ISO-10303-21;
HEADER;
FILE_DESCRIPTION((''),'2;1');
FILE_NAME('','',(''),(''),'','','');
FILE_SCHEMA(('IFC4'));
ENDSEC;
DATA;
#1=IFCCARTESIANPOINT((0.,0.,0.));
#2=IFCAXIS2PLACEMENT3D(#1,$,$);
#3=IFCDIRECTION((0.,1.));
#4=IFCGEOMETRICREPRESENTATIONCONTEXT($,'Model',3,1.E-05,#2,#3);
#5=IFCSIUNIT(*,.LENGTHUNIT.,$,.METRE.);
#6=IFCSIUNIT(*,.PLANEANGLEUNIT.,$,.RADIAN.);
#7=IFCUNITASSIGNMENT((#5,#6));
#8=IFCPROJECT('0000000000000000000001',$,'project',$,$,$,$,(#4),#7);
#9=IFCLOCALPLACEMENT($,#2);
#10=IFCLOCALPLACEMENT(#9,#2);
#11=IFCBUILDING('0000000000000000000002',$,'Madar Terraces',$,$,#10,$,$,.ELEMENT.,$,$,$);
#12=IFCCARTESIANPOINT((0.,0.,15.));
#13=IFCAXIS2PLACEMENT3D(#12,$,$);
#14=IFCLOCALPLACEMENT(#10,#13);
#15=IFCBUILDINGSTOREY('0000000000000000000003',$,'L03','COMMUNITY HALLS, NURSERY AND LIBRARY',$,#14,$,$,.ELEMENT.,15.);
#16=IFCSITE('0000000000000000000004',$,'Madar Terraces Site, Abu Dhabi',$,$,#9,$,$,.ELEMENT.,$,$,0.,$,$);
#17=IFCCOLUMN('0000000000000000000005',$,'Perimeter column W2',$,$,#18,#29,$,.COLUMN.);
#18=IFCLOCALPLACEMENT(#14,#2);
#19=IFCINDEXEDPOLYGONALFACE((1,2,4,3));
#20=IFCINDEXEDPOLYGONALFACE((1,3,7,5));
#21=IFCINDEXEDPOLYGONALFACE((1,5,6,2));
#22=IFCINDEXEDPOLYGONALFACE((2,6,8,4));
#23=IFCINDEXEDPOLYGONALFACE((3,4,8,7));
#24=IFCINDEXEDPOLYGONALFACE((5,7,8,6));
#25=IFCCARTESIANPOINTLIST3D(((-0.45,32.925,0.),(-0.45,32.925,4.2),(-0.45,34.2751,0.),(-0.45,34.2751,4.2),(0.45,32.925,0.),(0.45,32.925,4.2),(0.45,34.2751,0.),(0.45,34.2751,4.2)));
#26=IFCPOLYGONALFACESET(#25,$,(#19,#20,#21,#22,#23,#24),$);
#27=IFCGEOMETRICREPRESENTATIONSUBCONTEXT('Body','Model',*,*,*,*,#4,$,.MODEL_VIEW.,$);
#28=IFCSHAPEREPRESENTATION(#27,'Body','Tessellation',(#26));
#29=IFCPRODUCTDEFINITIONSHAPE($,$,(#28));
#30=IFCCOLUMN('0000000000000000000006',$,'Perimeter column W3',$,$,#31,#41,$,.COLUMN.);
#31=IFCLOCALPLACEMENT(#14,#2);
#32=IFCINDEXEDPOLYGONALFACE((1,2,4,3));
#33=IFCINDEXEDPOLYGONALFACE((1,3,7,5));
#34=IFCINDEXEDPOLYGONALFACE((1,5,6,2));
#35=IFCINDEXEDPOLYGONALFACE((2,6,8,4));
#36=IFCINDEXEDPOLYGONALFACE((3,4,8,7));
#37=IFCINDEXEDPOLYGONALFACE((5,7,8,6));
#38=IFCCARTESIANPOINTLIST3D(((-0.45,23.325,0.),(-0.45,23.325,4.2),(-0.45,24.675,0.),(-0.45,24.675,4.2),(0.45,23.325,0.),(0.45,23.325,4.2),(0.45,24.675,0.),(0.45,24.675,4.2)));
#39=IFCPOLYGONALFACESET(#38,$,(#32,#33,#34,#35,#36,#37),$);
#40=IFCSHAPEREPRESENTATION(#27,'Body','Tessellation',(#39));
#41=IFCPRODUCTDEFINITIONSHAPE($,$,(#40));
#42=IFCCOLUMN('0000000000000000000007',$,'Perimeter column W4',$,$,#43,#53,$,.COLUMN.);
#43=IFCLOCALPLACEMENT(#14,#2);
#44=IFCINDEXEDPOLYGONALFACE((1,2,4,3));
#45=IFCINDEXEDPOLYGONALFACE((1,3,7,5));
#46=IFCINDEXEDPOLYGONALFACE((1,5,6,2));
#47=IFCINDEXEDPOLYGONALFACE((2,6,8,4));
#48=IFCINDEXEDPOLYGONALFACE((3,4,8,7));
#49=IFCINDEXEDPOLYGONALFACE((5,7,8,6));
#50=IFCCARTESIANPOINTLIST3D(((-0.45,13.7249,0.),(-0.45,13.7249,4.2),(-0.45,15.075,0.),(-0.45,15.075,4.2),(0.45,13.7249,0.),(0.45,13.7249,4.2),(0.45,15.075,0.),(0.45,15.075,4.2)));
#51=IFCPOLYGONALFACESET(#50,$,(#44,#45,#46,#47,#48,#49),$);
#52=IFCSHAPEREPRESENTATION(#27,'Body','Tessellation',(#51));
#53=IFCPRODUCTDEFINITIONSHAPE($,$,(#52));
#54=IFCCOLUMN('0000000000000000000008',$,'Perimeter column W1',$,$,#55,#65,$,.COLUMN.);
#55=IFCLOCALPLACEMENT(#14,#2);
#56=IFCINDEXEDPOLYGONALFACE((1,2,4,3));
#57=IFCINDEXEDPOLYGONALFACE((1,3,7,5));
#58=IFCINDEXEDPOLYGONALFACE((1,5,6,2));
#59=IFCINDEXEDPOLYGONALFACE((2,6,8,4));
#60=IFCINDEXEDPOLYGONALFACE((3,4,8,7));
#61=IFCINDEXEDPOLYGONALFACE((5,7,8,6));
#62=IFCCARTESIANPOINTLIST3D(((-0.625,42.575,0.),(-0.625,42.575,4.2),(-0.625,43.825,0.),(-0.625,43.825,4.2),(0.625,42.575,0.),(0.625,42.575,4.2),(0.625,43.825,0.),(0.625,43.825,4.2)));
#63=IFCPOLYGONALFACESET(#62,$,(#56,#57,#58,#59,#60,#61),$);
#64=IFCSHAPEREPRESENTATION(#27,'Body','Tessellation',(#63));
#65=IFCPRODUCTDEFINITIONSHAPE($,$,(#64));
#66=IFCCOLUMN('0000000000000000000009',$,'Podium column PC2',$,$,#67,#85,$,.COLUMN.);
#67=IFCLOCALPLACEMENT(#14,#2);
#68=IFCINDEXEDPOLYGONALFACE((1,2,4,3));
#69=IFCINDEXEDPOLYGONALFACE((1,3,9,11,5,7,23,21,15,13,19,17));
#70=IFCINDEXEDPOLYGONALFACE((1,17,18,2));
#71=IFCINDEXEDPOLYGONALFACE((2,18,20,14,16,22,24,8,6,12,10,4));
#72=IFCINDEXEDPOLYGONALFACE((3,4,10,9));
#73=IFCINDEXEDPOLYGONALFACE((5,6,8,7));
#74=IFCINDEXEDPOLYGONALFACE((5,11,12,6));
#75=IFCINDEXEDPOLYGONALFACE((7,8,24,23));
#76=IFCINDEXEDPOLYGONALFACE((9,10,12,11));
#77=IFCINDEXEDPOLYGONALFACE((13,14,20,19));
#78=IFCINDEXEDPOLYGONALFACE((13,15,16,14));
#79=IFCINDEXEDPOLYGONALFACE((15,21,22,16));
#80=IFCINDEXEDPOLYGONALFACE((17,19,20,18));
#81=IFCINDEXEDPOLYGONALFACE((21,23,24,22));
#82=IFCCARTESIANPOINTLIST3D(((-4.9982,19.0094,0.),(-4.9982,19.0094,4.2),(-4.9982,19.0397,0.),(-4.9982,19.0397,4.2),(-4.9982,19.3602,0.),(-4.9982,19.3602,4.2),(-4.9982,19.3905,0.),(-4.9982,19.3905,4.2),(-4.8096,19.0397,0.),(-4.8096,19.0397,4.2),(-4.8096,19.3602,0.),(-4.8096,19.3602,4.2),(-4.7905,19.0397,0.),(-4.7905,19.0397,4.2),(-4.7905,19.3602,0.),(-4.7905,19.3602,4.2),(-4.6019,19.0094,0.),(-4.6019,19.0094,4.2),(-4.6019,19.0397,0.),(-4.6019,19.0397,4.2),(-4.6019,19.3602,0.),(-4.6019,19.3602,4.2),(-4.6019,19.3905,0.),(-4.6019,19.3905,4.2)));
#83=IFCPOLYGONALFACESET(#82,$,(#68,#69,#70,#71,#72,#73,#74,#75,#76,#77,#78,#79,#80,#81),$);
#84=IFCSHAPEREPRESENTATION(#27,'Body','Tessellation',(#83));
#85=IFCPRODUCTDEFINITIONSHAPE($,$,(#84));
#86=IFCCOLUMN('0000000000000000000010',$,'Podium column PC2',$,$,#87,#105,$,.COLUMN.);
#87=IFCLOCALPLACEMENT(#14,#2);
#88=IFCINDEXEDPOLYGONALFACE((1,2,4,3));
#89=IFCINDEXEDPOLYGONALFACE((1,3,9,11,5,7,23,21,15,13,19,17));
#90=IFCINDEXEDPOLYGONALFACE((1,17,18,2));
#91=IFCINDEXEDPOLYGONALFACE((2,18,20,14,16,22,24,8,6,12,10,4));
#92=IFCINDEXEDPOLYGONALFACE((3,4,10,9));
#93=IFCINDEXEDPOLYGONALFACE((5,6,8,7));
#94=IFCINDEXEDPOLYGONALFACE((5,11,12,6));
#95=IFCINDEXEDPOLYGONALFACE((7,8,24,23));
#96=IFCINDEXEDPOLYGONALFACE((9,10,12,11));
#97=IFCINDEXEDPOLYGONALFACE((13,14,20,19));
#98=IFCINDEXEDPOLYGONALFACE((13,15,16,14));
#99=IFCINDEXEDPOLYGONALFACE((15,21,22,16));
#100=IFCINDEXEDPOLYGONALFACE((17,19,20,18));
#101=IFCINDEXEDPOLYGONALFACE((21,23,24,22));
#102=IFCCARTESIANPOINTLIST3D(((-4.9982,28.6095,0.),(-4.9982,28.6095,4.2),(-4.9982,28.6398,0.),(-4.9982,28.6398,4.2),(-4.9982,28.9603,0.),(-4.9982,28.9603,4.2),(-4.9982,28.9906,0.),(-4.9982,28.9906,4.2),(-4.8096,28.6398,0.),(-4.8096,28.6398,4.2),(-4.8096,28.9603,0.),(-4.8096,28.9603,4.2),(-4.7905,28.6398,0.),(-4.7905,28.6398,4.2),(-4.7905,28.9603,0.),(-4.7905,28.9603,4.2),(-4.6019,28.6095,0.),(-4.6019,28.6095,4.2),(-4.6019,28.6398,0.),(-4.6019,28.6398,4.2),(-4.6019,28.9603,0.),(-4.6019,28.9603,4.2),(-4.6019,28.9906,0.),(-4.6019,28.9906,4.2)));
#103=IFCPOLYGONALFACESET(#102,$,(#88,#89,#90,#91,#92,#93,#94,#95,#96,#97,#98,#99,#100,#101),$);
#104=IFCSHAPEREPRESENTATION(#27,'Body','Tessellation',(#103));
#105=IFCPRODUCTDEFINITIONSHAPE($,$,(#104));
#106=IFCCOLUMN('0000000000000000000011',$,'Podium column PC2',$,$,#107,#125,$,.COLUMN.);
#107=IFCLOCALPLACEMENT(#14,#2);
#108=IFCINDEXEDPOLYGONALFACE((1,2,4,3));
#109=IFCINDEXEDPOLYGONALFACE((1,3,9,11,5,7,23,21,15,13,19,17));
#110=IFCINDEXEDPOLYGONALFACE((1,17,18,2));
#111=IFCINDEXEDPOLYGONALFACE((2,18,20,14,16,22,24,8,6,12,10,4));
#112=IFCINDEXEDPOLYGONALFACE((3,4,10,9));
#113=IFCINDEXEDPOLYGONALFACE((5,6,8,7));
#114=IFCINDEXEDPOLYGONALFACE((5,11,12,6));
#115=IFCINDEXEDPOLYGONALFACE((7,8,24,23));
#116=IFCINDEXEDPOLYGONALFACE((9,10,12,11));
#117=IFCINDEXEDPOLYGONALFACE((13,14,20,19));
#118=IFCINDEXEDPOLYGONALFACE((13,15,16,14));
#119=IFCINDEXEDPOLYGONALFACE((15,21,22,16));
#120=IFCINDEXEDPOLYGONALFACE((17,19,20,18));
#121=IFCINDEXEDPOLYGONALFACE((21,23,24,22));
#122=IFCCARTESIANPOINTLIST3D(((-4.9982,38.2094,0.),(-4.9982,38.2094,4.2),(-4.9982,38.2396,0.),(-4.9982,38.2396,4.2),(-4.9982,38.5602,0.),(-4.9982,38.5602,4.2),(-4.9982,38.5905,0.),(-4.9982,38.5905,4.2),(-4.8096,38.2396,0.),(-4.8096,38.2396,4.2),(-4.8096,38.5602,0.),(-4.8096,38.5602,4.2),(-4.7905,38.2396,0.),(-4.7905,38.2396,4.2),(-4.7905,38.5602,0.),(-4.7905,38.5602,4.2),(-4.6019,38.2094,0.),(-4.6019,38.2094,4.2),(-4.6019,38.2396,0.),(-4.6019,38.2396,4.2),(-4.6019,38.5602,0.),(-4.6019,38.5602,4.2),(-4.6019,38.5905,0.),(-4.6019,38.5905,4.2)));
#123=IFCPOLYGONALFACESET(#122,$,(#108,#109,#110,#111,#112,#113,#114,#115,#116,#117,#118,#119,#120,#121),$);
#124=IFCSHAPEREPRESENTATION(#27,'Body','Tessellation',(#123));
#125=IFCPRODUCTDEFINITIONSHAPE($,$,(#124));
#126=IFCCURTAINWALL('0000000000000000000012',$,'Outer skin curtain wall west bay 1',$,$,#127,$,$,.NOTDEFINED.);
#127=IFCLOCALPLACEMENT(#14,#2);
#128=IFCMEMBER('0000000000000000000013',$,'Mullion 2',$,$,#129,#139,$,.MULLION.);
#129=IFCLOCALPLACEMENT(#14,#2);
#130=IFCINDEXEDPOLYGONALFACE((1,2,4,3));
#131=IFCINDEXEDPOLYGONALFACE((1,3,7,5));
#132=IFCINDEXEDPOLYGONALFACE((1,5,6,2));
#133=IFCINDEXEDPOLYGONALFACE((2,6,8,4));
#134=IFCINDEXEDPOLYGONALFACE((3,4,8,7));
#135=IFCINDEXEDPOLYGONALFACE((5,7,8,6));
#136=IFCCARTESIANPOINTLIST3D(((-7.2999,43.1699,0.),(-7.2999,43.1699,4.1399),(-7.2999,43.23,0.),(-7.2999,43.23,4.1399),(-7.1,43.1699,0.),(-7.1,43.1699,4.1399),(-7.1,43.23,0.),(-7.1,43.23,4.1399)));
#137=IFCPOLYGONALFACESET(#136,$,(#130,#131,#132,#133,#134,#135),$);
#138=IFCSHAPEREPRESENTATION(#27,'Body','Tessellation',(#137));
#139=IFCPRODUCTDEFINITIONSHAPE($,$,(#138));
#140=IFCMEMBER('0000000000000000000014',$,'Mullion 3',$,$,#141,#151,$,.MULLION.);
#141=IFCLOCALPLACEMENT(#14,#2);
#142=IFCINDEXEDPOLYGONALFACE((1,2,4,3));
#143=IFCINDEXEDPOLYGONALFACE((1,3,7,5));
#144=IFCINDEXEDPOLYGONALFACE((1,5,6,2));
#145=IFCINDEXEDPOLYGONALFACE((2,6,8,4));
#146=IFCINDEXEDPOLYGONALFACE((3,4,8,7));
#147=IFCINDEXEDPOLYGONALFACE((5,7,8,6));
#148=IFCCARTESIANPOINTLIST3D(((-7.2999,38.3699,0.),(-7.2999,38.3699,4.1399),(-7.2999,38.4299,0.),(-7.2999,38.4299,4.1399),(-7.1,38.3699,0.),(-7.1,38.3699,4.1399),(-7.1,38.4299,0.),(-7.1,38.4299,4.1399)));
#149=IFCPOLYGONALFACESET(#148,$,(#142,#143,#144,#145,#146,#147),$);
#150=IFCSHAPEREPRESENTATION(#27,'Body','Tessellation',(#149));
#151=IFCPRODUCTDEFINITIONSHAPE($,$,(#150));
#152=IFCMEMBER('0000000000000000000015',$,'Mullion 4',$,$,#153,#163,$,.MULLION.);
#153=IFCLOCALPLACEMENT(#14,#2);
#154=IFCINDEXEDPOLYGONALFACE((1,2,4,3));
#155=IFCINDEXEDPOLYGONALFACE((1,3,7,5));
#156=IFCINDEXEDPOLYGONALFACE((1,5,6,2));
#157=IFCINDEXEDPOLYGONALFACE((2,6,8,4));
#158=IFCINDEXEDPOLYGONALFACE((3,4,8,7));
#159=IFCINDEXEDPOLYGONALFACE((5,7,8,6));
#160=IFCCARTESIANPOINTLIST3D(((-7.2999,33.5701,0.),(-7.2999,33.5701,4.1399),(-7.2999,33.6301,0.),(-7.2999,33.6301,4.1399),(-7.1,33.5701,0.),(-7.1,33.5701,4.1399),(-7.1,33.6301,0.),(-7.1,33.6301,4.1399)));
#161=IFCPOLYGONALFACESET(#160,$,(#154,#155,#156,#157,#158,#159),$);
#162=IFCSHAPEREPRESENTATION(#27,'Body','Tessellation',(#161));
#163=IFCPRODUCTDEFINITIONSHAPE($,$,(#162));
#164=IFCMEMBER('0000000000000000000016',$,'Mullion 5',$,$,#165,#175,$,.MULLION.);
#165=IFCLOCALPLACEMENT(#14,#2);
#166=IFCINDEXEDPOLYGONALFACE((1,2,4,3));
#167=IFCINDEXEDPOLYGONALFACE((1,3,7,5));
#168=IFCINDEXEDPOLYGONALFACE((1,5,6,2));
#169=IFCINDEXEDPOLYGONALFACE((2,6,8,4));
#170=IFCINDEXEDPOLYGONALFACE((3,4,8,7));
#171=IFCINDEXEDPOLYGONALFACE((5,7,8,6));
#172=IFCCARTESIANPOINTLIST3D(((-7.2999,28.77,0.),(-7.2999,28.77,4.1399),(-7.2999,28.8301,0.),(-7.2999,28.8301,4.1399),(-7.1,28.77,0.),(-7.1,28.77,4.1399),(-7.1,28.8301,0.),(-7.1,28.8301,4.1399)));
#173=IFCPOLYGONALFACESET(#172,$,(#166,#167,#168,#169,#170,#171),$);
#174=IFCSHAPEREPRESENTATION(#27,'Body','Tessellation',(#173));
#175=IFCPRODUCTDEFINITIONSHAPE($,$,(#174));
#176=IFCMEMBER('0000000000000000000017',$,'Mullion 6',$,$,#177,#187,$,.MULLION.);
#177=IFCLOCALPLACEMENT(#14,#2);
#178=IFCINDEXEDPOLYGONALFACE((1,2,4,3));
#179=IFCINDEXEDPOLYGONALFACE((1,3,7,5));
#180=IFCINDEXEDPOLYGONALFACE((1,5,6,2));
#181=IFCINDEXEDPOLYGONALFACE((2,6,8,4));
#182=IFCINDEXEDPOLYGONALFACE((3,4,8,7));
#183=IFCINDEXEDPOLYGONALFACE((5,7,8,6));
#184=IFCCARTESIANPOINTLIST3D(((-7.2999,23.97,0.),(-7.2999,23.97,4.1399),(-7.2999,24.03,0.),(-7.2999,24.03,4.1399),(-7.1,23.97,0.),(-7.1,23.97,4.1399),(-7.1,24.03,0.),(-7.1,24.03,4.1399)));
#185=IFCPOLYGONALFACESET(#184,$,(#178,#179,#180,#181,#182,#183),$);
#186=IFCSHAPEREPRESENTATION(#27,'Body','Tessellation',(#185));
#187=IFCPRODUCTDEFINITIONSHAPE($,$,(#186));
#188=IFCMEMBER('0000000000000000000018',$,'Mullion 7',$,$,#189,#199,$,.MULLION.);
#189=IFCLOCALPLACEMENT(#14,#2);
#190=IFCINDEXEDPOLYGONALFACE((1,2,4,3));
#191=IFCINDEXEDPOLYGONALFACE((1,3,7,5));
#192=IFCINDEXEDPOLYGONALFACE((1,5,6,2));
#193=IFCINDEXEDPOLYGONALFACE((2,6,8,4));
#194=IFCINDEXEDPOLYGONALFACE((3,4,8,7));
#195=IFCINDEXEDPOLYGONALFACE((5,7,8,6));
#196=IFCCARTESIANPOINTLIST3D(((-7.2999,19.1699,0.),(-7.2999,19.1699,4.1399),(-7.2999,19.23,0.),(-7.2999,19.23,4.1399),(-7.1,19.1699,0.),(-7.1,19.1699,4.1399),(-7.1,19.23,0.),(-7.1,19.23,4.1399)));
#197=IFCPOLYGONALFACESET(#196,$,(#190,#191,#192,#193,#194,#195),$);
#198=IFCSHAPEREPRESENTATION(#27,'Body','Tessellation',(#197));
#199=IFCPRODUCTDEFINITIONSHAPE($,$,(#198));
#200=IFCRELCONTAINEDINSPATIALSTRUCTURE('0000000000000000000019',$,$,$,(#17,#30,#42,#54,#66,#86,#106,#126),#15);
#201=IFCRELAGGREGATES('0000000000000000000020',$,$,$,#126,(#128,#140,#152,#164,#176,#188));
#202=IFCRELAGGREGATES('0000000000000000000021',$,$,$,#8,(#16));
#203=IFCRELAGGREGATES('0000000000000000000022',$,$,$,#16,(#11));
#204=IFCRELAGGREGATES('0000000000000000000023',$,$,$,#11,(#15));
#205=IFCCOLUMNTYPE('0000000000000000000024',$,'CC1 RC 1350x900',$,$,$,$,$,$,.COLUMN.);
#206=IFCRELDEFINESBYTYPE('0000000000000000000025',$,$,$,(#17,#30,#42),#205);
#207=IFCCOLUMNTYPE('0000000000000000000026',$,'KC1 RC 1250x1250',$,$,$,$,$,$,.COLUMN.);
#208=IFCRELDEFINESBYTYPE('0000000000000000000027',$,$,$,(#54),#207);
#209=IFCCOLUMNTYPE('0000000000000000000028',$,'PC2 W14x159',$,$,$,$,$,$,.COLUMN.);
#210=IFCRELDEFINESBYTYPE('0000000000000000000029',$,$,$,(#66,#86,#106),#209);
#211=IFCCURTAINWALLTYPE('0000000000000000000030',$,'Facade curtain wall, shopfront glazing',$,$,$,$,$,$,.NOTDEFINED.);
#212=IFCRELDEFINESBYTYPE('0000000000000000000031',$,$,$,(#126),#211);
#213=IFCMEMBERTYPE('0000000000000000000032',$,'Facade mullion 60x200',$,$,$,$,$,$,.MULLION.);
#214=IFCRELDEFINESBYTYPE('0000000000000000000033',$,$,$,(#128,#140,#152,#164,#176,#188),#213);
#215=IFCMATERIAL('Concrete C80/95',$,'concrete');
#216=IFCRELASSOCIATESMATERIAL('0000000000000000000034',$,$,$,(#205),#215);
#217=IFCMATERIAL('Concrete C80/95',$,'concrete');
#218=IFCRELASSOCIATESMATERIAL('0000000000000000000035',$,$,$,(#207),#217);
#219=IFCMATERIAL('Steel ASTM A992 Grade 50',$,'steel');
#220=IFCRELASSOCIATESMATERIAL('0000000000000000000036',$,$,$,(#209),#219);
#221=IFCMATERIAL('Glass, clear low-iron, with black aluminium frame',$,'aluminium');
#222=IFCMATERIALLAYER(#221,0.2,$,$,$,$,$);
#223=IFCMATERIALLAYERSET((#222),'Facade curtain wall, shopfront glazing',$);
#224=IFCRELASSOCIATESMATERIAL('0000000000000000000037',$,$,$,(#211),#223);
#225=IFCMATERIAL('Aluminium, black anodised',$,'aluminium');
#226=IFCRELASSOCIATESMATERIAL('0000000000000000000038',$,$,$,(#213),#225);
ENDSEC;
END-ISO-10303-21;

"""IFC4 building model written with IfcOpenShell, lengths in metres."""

from ifc_helpers import new_model, si_unit, direction, frame, origin, origin_2d, place, context, subcontext, project, spatial, rectangle, i_section, extrude, material, layer, layer_set, material_profile, profile_set, type_object, element, aggregate, save


model = new_model("IFC4")

# Units and contexts
model_context = context("Model", 3, precision=1e-05, world=origin(), true_north=direction((0.0, 1.0)))
body_context = subcontext(model_context, "Body", "Model", "MODEL_VIEW")
ifc_project = project(units=[si_unit("LENGTHUNIT", "METRE"), si_unit("PLANEANGLEUNIT", "RADIAN")], contexts=[model_context])

# Site, building, storey
site_placement = place(None, origin())
site = spatial("IfcSite", under=ifc_project, at=site_placement, Name="Madar Terraces Site, Abu Dhabi", CompositionType="ELEMENT", RefElevation=0.0)
building_placement = place(site_placement, origin())
building = spatial("IfcBuilding", under=site, at=building_placement, Name="Madar Terraces", CompositionType="ELEMENT")
storey_placement = place(building_placement, frame((0.0, 0.0, 15.0)))
storey = spatial("IfcBuildingStorey", under=building, at=storey_placement, Name="L03", Description="COMMUNITY HALLS, NURSERY AND LIBRARY", CompositionType="ELEMENT", Elevation=15.0)

# Columns
ifc_material_1 = material(Name="Concrete C80/95", Category="concrete")
ifc_material_profile_1 = material_profile(ifc_material_1, rectangle(XDim=1.3501, YDim=0.8999, at=origin_2d()), Name="CC1 RC 1350x900")
ifc_profile_set_1 = profile_set([ifc_material_profile_1], Name="Concrete C80/95")
column_type_1 = type_object("IfcColumnType", Name="CC1 RC 1350x900", PredefinedType="COLUMN", material=ifc_profile_set_1)
for number, where, z_axis, x_axis, name in (
    (1, (0.0, 33.6001, 0.0), (0.0, 0.0, 1.0), (0.0, 1.0, 0.0), "Perimeter column W2"),
    (2, (0.0, 24.0, 0.0), (0.0, 0.0, 1.0), (0.0, 1.0, 0.0), "Perimeter column W3"),
    (3, (0.0, 14.3999, 0.0), (0.0, 0.0, 1.0), (0.0, 1.0, 0.0), "Perimeter column W4"),
):
    element("IfcColumn", number, at=place(storey_placement, frame(where, z_axis=z_axis, x_axis=x_axis)), inside=storey, type_object=column_type_1, Name=name, PredefinedType="COLUMN", context=body_context, shape_type="SweptSolid", body=[
        extrude(rectangle(XDim=1.3501, YDim=0.8999, at=origin_2d()), origin(), (0.0, 0.0, 1.0), 4.2),
    ])
ifc_material_2 = material(Name="Concrete C80/95", Category="concrete")
ifc_material_profile_2 = material_profile(ifc_material_2, rectangle(XDim=1.25, YDim=1.25, at=origin_2d()), Name="KC1 RC 1250x1250")
ifc_profile_set_2 = profile_set([ifc_material_profile_2], Name="Concrete C80/95")
column_type_2 = type_object("IfcColumnType", Name="KC1 RC 1250x1250", PredefinedType="COLUMN", material=ifc_profile_set_2)
column_placement = place(storey_placement, frame((0.0, 43.2, 0.0), z_axis=(0.0, 0.0, 1.0), x_axis=(1.0, 0.0, 0.0)))
element("IfcColumn", 4, at=column_placement, inside=storey, type_object=column_type_2, Name="Perimeter column W1", PredefinedType="COLUMN", context=body_context, shape_type="SweptSolid", body=[
    extrude(rectangle(XDim=1.25, YDim=1.25, at=origin_2d()), origin(), (0.0, 0.0, 1.0), 4.2),
])
ifc_material_3 = material(Name="Steel ASTM A992 Grade 50", Category="steel")
ifc_material_profile_3 = material_profile(ifc_material_3, i_section(OverallWidth=0.3962, OverallDepth=0.3811, WebThickness=0.019, FlangeThickness=0.0303, at=origin_2d()), Name="W14x159")
ifc_profile_set_3 = profile_set([ifc_material_profile_3], Name="Steel ASTM A992 Grade 50")
column_type_3 = type_object("IfcColumnType", Name="PC2 W14x159", PredefinedType="COLUMN", material=ifc_profile_set_3)
for number, where, z_axis, x_axis, name in (
    (5, (-4.8, 19.2, 0.0), (0.0, 0.0, 1.0), (1.0, 0.0, 0.0), "Podium column PC2"),
    (6, (-4.8, 28.8, 0.0), (0.0, 0.0, 1.0), (1.0, 0.0, 0.0), "Podium column PC2"),
    (7, (-4.8, 38.3999, 0.0), (0.0, 0.0, 1.0), (1.0, 0.0, 0.0), "Podium column PC2"),
):
    element("IfcColumn", number, at=place(storey_placement, frame(where, z_axis=z_axis, x_axis=x_axis)), inside=storey, type_object=column_type_3, Name=name, PredefinedType="COLUMN", context=body_context, shape_type="SweptSolid", body=[
        extrude(i_section(OverallWidth=0.3962, OverallDepth=0.3811, WebThickness=0.019, FlangeThickness=0.0303, at=origin_2d()), origin(), (0.0, 0.0, 1.0), 4.2),
    ])

# Curtain wall, members
ifc_material_4 = material(Name="Glass, clear low-iron, with black aluminium frame", Category="aluminium")
ifc_layer_1 = layer(ifc_material_4, 0.2)
ifc_layer_set_1 = layer_set([ifc_layer_1], Name="Facade curtain wall, shopfront glazing")
curtain_wall_type = type_object("IfcCurtainWallType", Name="Facade curtain wall, shopfront glazing", PredefinedType="NOTDEFINED", material=ifc_layer_set_1)
curtain_wall_placement = place(storey_placement, origin())
curtain_wall = element("IfcCurtainWall", 8, at=curtain_wall_placement, inside=storey, type_object=curtain_wall_type, Name="Outer skin curtain wall west bay 1", PredefinedType="NOTDEFINED")
ifc_material_5 = material(Name="Aluminium, black anodised", Category="aluminium")
ifc_material_profile_4 = material_profile(ifc_material_5, rectangle(XDim=0.2, YDim=0.0601, at=origin_2d()), Name="Facade mullion 60x200")
ifc_profile_set_4 = profile_set([ifc_material_profile_4], Name="Aluminium, black anodised")
member_type = type_object("IfcMemberType", Name="Facade mullion 60x200", PredefinedType="MULLION", material=ifc_profile_set_4)
member_1_placement = place(storey_placement, frame((-7.2, 43.2, 0.0), z_axis=(0.0, 0.0, 1.0), x_axis=(1.0, 0.0, 0.0)))
member_1 = element("IfcMember", 9, at=member_1_placement, type_object=member_type, Name="Mullion 2", PredefinedType="MULLION", context=body_context, shape_type="SweptSolid", body=[
    extrude(rectangle(XDim=0.2, YDim=0.0601, at=origin_2d()), origin(), (0.0, 0.0, 1.0), 4.1399),
])
member_2_placement = place(storey_placement, frame((-7.2, 38.3999, 0.0), z_axis=(0.0, 0.0, 1.0), x_axis=(1.0, 0.0, 0.0)))
member_2 = element("IfcMember", 10, at=member_2_placement, type_object=member_type, Name="Mullion 3", PredefinedType="MULLION", context=body_context, shape_type="SweptSolid", body=[
    extrude(rectangle(XDim=0.2, YDim=0.0601, at=origin_2d()), origin(), (0.0, 0.0, 1.0), 4.1399),
])
member_3_placement = place(storey_placement, frame((-7.2, 33.6001, 0.0), z_axis=(0.0, 0.0, 1.0), x_axis=(1.0, 0.0, 0.0)))
member_3 = element("IfcMember", 11, at=member_3_placement, type_object=member_type, Name="Mullion 4", PredefinedType="MULLION", context=body_context, shape_type="SweptSolid", body=[
    extrude(rectangle(XDim=0.2, YDim=0.0601, at=origin_2d()), origin(), (0.0, 0.0, 1.0), 4.1399),
])
member_4_placement = place(storey_placement, frame((-7.2, 28.8, 0.0), z_axis=(0.0, 0.0, 1.0), x_axis=(1.0, 0.0, 0.0)))
member_4 = element("IfcMember", 12, at=member_4_placement, type_object=member_type, Name="Mullion 5", PredefinedType="MULLION", context=body_context, shape_type="SweptSolid", body=[
    extrude(rectangle(XDim=0.2, YDim=0.0601, at=origin_2d()), origin(), (0.0, 0.0, 1.0), 4.1399),
])
member_5_placement = place(storey_placement, frame((-7.2, 24.0, 0.0), z_axis=(0.0, 0.0, 1.0), x_axis=(1.0, 0.0, 0.0)))
member_5 = element("IfcMember", 13, at=member_5_placement, type_object=member_type, Name="Mullion 6", PredefinedType="MULLION", context=body_context, shape_type="SweptSolid", body=[
    extrude(rectangle(XDim=0.2, YDim=0.0601, at=origin_2d()), origin(), (0.0, 0.0, 1.0), 4.1399),
])
member_6_placement = place(storey_placement, frame((-7.2, 19.2, 0.0), z_axis=(0.0, 0.0, 1.0), x_axis=(1.0, 0.0, 0.0)))
member_6 = element("IfcMember", 14, at=member_6_placement, type_object=member_type, Name="Mullion 7", PredefinedType="MULLION", context=body_context, shape_type="SweptSolid", body=[
    extrude(rectangle(XDim=0.2, YDim=0.0601, at=origin_2d()), origin(), (0.0, 0.0, 1.0), 4.1399),
])
aggregate(curtain_wall, [member_1, member_2, member_3, member_4, member_5, member_6])

save(model, "model.ifc")
